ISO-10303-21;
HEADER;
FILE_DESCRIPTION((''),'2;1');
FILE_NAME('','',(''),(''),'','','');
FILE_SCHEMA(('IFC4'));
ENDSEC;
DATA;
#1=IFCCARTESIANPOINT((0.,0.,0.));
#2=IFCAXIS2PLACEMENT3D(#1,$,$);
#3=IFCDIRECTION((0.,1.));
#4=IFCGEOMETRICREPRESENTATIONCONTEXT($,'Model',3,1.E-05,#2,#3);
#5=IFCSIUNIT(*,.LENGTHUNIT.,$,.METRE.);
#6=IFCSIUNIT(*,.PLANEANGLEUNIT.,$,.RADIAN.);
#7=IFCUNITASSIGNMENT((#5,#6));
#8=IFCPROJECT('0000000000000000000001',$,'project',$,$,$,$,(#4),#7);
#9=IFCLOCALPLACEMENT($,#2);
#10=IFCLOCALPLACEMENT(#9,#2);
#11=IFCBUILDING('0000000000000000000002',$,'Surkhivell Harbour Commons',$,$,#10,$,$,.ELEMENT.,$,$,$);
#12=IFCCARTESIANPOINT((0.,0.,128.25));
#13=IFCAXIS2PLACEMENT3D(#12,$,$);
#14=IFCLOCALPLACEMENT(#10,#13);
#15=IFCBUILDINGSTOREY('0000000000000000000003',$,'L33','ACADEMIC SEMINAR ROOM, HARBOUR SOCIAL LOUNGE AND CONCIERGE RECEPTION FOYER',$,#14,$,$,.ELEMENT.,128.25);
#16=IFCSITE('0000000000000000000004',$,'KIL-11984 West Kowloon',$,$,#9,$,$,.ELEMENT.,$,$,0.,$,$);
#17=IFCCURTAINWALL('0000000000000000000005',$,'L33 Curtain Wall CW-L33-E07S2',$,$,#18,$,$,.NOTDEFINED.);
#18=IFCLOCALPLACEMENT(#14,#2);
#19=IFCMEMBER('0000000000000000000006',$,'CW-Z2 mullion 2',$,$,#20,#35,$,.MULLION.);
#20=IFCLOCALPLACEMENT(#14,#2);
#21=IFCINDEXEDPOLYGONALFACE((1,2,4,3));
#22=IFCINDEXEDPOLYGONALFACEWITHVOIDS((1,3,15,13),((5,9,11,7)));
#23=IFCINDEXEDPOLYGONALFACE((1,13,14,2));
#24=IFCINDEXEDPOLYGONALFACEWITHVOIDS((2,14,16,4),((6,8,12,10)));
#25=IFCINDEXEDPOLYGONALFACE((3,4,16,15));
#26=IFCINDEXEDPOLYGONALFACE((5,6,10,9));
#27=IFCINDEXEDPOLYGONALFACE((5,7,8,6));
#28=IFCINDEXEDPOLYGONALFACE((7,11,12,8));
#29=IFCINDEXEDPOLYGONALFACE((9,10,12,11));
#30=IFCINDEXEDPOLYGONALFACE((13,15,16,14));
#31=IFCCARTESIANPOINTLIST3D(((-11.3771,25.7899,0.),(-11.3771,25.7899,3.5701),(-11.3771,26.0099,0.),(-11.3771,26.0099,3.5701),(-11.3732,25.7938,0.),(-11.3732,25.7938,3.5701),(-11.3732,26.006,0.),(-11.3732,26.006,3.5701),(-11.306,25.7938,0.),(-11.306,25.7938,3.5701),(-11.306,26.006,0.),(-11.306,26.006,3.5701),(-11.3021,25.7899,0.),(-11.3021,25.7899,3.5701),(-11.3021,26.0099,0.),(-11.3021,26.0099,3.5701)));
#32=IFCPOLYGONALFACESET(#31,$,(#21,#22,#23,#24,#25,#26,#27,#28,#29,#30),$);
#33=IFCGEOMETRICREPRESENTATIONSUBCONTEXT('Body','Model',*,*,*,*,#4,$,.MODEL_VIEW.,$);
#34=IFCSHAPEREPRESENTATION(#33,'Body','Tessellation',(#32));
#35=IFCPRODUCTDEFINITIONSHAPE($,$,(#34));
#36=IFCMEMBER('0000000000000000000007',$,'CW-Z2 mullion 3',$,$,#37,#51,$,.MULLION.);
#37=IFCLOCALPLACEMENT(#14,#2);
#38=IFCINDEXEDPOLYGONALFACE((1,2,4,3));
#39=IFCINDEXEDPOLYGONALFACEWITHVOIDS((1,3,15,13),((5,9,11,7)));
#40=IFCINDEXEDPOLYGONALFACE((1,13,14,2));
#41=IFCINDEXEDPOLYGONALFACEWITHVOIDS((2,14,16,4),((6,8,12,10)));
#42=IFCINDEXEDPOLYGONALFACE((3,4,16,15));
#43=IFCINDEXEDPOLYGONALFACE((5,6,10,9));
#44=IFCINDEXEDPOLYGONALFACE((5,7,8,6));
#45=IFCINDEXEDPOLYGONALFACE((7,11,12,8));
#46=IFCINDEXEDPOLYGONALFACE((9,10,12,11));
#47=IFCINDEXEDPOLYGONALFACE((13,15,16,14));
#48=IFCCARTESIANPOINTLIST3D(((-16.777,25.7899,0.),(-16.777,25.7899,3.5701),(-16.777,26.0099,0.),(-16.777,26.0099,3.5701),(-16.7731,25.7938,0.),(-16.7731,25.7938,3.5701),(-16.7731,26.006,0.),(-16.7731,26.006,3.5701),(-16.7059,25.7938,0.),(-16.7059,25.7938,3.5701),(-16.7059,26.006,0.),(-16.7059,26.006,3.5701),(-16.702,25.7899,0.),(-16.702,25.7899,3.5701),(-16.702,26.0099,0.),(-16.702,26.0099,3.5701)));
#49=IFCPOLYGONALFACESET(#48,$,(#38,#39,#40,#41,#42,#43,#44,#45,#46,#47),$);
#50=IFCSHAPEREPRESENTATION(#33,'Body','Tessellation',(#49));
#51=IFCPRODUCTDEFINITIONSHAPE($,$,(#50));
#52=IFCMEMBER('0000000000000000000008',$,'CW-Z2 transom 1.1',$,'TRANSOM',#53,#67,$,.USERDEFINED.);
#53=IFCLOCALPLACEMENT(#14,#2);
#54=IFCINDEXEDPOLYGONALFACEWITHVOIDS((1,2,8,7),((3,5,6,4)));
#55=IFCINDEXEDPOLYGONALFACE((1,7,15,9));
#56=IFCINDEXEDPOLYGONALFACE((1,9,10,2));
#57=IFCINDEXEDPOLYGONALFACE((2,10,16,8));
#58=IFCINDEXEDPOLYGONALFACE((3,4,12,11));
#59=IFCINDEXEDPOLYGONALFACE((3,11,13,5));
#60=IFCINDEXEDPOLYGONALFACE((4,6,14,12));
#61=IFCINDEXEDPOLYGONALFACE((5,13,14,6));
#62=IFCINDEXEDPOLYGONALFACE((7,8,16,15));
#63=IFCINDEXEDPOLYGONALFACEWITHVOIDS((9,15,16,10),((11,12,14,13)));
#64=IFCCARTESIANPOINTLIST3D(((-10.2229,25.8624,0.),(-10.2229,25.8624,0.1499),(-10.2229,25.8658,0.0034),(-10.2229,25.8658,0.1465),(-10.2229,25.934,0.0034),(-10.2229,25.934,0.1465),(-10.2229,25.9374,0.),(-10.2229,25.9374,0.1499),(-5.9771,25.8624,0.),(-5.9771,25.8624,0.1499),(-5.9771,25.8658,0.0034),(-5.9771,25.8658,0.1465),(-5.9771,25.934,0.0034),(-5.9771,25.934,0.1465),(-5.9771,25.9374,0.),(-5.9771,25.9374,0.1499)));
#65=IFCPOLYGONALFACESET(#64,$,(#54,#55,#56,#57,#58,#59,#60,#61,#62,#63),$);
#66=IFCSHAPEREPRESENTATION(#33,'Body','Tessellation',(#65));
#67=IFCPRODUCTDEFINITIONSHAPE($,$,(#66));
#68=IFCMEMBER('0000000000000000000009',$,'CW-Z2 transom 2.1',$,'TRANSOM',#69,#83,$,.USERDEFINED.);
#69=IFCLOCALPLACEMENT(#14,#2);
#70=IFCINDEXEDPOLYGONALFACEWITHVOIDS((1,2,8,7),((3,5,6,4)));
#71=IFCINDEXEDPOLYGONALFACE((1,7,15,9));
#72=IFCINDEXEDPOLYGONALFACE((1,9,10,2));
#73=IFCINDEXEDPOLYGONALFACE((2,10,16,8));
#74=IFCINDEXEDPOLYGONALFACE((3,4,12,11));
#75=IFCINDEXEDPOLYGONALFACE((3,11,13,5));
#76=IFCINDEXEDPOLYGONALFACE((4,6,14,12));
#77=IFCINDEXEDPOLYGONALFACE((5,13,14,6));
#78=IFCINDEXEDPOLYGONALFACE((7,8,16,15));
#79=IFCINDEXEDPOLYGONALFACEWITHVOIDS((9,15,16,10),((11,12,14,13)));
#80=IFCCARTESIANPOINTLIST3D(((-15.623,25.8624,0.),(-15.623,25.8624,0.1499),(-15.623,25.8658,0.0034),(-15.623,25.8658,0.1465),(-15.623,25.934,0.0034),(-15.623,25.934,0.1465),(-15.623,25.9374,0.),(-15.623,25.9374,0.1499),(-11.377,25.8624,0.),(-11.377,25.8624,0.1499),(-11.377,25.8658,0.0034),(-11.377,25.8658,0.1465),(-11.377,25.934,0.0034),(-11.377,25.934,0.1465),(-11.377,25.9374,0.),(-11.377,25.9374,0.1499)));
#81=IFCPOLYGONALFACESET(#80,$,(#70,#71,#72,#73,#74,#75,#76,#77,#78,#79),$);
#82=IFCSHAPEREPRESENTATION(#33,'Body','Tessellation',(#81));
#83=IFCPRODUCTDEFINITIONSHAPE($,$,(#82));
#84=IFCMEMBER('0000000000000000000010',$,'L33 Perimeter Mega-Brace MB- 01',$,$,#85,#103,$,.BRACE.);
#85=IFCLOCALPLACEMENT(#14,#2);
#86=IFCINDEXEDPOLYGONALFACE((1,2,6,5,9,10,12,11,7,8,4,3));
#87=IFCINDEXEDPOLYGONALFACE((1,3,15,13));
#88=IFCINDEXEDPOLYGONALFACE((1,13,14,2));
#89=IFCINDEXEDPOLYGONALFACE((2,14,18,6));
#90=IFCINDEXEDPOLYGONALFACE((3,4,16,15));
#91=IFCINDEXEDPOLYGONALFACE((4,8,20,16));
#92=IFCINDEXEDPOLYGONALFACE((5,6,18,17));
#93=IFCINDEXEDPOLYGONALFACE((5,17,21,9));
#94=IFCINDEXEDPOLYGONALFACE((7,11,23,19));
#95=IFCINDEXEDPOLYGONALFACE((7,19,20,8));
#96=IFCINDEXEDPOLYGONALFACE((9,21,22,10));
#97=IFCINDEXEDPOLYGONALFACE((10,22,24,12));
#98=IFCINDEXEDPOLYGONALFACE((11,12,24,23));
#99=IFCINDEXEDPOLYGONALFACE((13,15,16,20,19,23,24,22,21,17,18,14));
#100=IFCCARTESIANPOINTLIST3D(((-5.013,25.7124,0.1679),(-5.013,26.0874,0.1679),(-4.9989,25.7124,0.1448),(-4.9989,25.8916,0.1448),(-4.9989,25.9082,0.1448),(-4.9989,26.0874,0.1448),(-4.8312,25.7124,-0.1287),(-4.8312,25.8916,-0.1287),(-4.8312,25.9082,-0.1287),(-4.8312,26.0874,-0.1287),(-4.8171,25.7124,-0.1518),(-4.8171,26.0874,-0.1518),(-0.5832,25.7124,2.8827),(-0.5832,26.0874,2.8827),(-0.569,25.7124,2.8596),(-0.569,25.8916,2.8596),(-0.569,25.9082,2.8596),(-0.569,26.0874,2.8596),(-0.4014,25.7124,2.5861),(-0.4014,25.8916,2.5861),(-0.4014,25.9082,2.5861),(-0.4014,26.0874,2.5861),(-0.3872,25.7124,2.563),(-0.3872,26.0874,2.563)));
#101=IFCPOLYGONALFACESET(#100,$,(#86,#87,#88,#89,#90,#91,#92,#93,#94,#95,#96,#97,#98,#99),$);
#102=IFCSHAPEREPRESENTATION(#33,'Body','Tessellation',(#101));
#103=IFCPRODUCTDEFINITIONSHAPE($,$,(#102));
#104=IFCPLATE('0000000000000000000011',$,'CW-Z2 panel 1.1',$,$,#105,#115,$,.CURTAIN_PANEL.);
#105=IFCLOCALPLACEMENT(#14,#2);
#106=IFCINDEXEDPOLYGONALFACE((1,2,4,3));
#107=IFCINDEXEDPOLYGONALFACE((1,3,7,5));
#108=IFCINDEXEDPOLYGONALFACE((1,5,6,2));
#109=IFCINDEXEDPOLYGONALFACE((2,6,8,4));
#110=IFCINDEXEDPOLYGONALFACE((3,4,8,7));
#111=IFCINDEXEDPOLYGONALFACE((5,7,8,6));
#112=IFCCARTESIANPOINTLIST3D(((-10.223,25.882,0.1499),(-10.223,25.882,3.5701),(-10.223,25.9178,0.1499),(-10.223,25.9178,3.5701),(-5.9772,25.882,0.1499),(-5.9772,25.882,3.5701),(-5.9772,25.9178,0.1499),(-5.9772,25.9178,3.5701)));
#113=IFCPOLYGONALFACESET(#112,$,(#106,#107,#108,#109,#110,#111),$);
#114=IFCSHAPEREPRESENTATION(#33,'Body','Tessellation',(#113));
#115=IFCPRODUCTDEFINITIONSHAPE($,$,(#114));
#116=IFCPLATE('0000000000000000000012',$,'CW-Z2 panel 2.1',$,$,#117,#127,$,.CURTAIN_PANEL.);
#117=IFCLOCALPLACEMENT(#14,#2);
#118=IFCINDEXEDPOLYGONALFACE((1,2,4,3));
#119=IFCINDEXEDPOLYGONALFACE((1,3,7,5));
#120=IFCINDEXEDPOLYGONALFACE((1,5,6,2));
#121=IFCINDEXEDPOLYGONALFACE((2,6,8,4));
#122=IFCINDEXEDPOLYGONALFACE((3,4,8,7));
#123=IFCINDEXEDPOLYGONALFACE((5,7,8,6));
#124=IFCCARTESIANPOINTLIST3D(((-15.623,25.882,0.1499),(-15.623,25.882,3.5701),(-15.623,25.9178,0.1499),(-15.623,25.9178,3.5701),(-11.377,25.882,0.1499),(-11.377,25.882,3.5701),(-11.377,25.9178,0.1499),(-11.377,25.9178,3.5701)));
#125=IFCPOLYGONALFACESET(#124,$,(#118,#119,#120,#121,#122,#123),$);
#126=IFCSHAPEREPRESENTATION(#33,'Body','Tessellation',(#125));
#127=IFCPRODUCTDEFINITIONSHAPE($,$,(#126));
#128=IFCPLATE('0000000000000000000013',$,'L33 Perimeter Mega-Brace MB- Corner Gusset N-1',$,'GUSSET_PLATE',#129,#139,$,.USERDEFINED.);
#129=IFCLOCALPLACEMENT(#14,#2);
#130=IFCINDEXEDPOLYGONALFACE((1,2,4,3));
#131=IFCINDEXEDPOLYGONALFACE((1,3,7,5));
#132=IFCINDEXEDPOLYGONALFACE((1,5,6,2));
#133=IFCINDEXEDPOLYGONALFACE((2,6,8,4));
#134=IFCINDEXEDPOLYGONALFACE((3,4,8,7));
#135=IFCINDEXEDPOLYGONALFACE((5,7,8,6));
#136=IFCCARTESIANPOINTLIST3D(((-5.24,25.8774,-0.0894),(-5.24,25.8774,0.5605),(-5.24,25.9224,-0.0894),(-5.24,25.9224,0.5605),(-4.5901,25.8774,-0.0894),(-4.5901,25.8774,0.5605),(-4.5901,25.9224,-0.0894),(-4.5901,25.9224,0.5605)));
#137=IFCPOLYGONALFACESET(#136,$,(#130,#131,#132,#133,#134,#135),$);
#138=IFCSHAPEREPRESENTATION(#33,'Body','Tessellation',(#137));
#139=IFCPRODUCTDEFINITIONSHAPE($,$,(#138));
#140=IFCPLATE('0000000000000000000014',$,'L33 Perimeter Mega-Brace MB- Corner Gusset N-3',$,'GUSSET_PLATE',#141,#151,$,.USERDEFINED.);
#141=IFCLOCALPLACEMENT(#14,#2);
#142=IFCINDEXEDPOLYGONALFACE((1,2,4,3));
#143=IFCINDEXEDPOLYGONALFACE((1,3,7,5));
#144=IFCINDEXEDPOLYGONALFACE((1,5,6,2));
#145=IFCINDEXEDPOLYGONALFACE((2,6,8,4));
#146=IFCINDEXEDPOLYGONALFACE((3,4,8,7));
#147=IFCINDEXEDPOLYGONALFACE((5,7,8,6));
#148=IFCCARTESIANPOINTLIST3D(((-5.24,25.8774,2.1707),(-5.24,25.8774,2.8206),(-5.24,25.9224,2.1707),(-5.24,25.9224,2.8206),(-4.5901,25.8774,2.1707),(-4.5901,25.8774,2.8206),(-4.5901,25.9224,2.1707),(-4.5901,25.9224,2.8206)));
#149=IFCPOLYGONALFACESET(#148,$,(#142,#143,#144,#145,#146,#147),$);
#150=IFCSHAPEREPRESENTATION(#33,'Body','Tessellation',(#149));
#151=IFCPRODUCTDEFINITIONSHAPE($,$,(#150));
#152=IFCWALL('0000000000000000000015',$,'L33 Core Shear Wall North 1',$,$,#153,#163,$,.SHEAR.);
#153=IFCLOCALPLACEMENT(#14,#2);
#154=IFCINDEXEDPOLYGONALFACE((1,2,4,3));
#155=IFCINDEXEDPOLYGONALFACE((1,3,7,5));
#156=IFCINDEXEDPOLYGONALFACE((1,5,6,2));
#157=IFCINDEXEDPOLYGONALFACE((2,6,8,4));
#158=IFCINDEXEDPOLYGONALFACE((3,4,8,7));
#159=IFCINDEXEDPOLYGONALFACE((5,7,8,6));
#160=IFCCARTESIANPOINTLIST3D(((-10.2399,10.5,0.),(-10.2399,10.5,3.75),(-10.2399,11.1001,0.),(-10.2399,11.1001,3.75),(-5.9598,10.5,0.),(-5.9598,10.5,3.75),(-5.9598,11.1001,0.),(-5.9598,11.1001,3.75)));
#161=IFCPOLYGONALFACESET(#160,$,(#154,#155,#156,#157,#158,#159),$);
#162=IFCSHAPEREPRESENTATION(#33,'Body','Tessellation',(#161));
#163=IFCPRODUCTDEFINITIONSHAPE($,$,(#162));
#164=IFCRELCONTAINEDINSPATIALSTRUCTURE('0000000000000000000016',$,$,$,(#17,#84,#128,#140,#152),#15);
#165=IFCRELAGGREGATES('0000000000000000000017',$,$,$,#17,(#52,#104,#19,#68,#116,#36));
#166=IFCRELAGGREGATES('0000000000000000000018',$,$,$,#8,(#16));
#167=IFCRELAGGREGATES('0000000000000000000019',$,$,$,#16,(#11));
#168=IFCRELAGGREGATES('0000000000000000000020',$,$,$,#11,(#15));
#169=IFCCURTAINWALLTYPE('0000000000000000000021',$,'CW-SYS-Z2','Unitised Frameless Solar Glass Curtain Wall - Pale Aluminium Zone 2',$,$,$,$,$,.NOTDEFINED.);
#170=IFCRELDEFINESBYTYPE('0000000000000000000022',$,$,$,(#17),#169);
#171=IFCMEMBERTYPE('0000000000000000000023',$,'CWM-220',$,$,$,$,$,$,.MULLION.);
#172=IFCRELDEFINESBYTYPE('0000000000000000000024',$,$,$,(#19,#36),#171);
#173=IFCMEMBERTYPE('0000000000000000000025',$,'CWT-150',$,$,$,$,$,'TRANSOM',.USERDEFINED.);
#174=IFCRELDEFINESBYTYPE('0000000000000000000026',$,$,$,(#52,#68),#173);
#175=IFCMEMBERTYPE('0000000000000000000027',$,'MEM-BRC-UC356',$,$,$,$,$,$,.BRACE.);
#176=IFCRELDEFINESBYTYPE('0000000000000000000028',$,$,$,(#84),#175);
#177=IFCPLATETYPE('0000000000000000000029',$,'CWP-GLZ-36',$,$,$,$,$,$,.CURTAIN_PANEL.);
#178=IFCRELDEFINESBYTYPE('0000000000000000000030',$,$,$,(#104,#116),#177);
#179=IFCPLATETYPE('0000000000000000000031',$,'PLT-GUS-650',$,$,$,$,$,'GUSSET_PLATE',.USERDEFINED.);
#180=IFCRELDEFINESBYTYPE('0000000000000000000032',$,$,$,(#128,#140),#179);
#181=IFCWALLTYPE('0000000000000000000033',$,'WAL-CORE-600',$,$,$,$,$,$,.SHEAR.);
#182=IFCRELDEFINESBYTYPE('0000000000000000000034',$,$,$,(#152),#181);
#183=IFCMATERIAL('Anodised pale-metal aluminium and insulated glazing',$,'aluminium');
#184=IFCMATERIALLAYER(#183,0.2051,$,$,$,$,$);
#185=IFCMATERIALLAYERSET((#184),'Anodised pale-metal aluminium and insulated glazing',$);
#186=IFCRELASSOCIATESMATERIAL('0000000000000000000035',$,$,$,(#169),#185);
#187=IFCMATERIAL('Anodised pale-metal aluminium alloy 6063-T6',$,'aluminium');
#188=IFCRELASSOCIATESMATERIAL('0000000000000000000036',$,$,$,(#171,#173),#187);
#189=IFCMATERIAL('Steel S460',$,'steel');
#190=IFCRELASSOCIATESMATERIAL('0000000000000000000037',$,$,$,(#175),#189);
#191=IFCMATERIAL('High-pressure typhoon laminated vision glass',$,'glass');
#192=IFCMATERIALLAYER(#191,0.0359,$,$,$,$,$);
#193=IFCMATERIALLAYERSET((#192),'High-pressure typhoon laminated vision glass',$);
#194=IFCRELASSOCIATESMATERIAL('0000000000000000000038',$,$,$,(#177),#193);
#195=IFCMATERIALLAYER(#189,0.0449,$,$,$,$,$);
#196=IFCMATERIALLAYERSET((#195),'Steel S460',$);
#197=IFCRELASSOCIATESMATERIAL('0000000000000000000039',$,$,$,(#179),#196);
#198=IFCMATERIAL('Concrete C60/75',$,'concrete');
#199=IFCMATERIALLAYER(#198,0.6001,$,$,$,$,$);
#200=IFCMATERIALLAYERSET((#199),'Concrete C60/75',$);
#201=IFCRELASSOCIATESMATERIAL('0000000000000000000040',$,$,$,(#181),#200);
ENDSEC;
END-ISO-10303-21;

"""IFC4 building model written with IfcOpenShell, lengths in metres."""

from ifc_helpers import new_model, si_unit, direction, frame, frame_2d, origin, origin_2d, place, context, subcontext, project, spatial, rectangle, hollow_rectangle, i_section, extrude, material, layer, layer_set, material_profile, profile_set, type_object, element, aggregate, save


model = new_model("IFC4")

# Units and contexts
model_context = context("Model", 3, precision=1e-05, world=origin(), true_north=direction((0.0, 1.0)))
body_context = subcontext(model_context, "Body", "Model", "MODEL_VIEW")
ifc_project = project(units=[si_unit("LENGTHUNIT", "METRE"), si_unit("PLANEANGLEUNIT", "RADIAN")], contexts=[model_context])

# Site, building, storey
site_placement = place(None, origin())
site = spatial("IfcSite", under=ifc_project, at=site_placement, Name="KIL-11984 West Kowloon", CompositionType="ELEMENT", RefElevation=0.0)
building_placement = place(site_placement, origin())
building = spatial("IfcBuilding", under=site, at=building_placement, Name="Surkhivell Harbour Commons", CompositionType="ELEMENT")
storey_placement = place(building_placement, frame((0.0, 0.0, 128.25)))
storey = spatial("IfcBuildingStorey", under=building, at=storey_placement, Name="L33", Description="ACADEMIC SEMINAR ROOM, HARBOUR SOCIAL LOUNGE AND CONCIERGE RECEPTION FOYER", CompositionType="ELEMENT", Elevation=128.25)

# Shared definitions
ifc_material_1 = material(Name="Concrete C60/75", Category="concrete")

# Shared definitions
ifc_material_2 = material(Name="Steel S460", Category="steel")

# Curtain wall, members
ifc_material_3 = material(Name="Anodised pale-metal aluminium and insulated glazing", Category="aluminium")
ifc_layer_1 = layer(ifc_material_3, 0.2051)
ifc_layer_set_1 = layer_set([ifc_layer_1], Name="Anodised pale-metal aluminium and insulated glazing")
curtain_wall_type = type_object("IfcCurtainWallType", Name="CW-SYS-Z2", Description="Unitised Frameless Solar Glass Curtain Wall - Pale Aluminium Zone 2", PredefinedType="NOTDEFINED", material=ifc_layer_set_1)
curtain_wall_placement = place(storey_placement, origin())
curtain_wall = element("IfcCurtainWall", 1, at=curtain_wall_placement, inside=storey, type_object=curtain_wall_type, Name="L33 Curtain Wall CW-L33-E07S2", PredefinedType="NOTDEFINED")
ifc_material_4 = material(Name="Anodised pale-metal aluminium alloy 6063-T6", Category="aluminium")
ifc_material_profile_1 = material_profile(ifc_material_4, hollow_rectangle(XDim=0.075, YDim=0.22, WallThickness=0.0039, at=origin_2d()), Name="ALU-MULL-75x220")
ifc_profile_set_1 = profile_set([ifc_material_profile_1], Name="Anodised pale-metal aluminium alloy 6063-T6")
member_type_1 = type_object("IfcMemberType", Name="CWM-220", PredefinedType="MULLION", material=ifc_profile_set_1)
member_1_placement = place(storey_placement, frame((-11.3396, 25.8999, 0.0), z_axis=(0.0, 0.0, 1.0), x_axis=(-1.0, 0.0, 0.0)))
member_1 = element("IfcMember", 2, at=member_1_placement, type_object=member_type_1, Name="CW-Z2 mullion 2", PredefinedType="MULLION", context=body_context, shape_type="SweptSolid", body=[
    extrude(hollow_rectangle(XDim=0.075, YDim=0.22, WallThickness=0.0039, at=origin_2d()), origin(), (0.0, 0.0, 1.0), 3.5701),
])
member_2_placement = place(storey_placement, frame((-16.7395, 25.8999, 0.0), z_axis=(0.0, 0.0, 1.0), x_axis=(-1.0, 0.0, 0.0)))
member_2 = element("IfcMember", 3, at=member_2_placement, type_object=member_type_1, Name="CW-Z2 mullion 3", PredefinedType="MULLION", context=body_context, shape_type="SweptSolid", body=[
    extrude(hollow_rectangle(XDim=0.075, YDim=0.22, WallThickness=0.0039, at=origin_2d()), origin(), (0.0, 0.0, 1.0), 3.5701),
])
ifc_material_profile_2 = material_profile(ifc_material_4, hollow_rectangle(XDim=0.075, YDim=0.1499, WallThickness=0.0034, at=origin_2d()), Name="ALU-TRAN-75x150")
ifc_profile_set_2 = profile_set([ifc_material_profile_2], Name="Anodised pale-metal aluminium alloy 6063-T6")
member_type_2 = type_object("IfcMemberType", Name="CWT-150", ElementType="TRANSOM", PredefinedType="USERDEFINED", material=ifc_profile_set_2)
member_3_placement = place(storey_placement, frame((-5.9771, 25.8999, 0.075), z_axis=(-1.0, 0.0, 0.0), x_axis=(0.0, -1.0, 0.0)))
member_3 = element("IfcMember", 4, at=member_3_placement, type_object=member_type_2, Name="CW-Z2 transom 1.1", ObjectType="TRANSOM", PredefinedType="USERDEFINED", context=body_context, shape_type="SweptSolid", body=[
    extrude(hollow_rectangle(XDim=0.075, YDim=0.1499, WallThickness=0.0034, at=origin_2d()), origin(), (0.0, 0.0, 1.0), 4.2458),
])
member_4_placement = place(storey_placement, frame((-11.377, 25.8999, 0.075), z_axis=(-1.0, 0.0, 0.0), x_axis=(0.0, -1.0, 0.0)))
member_4 = element("IfcMember", 5, at=member_4_placement, type_object=member_type_2, Name="CW-Z2 transom 2.1", ObjectType="TRANSOM", PredefinedType="USERDEFINED", context=body_context, shape_type="SweptSolid", body=[
    extrude(hollow_rectangle(XDim=0.075, YDim=0.1499, WallThickness=0.0034, at=origin_2d()), origin(), (0.0, 0.0, 1.0), 4.2461),
])

# Member
ifc_material_profile_3 = material_profile(ifc_material_2, i_section(OverallWidth=0.375, OverallDepth=0.375, WebThickness=0.0166, FlangeThickness=0.0271, at=origin_2d()), Name="UC356x368x202")
ifc_profile_set_3 = profile_set([ifc_material_profile_3], Name="Steel S460")
member_type_3 = type_object("IfcMemberType", Name="MEM-BRC-UC356", PredefinedType="BRACE", material=ifc_profile_set_3)
member_5_placement = place(storey_placement, frame((-4.915, 25.8999, 0.0081), z_axis=(0.852625, 0.0, 0.522523), x_axis=(0.0, 1.0, 0.0)))
element("IfcMember", 6, at=member_5_placement, inside=storey, type_object=member_type_3, Name="L33 Perimeter Mega-Brace MB- 01", PredefinedType="BRACE", context=body_context, shape_type="SweptSolid", body=[
    extrude(i_section(OverallWidth=0.375, OverallDepth=0.375, WebThickness=0.0166, FlangeThickness=0.0271, at=origin_2d()), origin(), (0.0, 0.0, 1.0), 5.1956),
])

# Plates
ifc_material_5 = material(Name="High-pressure typhoon laminated vision glass", Category="glass")
ifc_layer_2 = layer(ifc_material_5, 0.0359)
ifc_layer_set_2 = layer_set([ifc_layer_2], Name="High-pressure typhoon laminated vision glass")
plate_type_1 = type_object("IfcPlateType", Name="CWP-GLZ-36", PredefinedType="CURTAIN_PANEL", material=ifc_layer_set_2)
plate_1_placement = place(storey_placement, frame((-5.9771, 25.8999, 0.1499), z_axis=(0.0, 0.0, 1.0), x_axis=(-1.0, 0.0, 0.0)))
plate_1 = element("IfcPlate", 7, at=plate_1_placement, type_object=plate_type_1, Name="CW-Z2 panel 1.1", PredefinedType="CURTAIN_PANEL", context=body_context, shape_type="SweptSolid", body=[
    extrude(rectangle(XDim=4.2458, YDim=0.0359, at=frame_2d((2.123, 0.0))), origin(), (0.0, 0.0, 1.0), 3.4202),
])
plate_2_placement = place(storey_placement, frame((-11.377, 25.8999, 0.1499), z_axis=(0.0, 0.0, 1.0), x_axis=(-1.0, 0.0, 0.0)))
plate_2 = element("IfcPlate", 8, at=plate_2_placement, type_object=plate_type_1, Name="CW-Z2 panel 2.1", PredefinedType="CURTAIN_PANEL", context=body_context, shape_type="SweptSolid", body=[
    extrude(rectangle(XDim=4.2461, YDim=0.0359, at=frame_2d((2.123, 0.0))), origin(), (0.0, 0.0, 1.0), 3.4202),
])
aggregate(curtain_wall, [member_3, plate_1, member_1, member_4, plate_2, member_2])

# Plates
ifc_layer_3 = layer(ifc_material_2, 0.0449)
ifc_layer_set_3 = layer_set([ifc_layer_3], Name="Steel S460")
plate_type_2 = type_object("IfcPlateType", Name="PLT-GUS-650", ElementType="GUSSET_PLATE", PredefinedType="USERDEFINED", material=ifc_layer_set_3)
for number, where, z_axis, x_axis, name in (
    (9, (-4.915, 25.8999, -0.0894), (0.0, 0.0, 1.0), (1.0, 0.0, 0.0), "L33 Perimeter Mega-Brace MB- Corner Gusset N-1"),
    (10, (-4.915, 25.8999, 2.1707), (0.0, 0.0, 1.0), (1.0, 0.0, 0.0), "L33 Perimeter Mega-Brace MB- Corner Gusset N-3"),
):
    element("IfcPlate", number, at=place(storey_placement, frame(where, z_axis=z_axis, x_axis=x_axis)), inside=storey, type_object=plate_type_2, Name=name, ObjectType="GUSSET_PLATE", PredefinedType="USERDEFINED", context=body_context, shape_type="SweptSolid", body=[
        extrude(rectangle(XDim=0.6499, YDim=0.0449, at=origin_2d()), origin(), (0.0, 0.0, 1.0), 0.6499),
    ])

# Wall
ifc_layer_4 = layer(ifc_material_1, 0.6001)
ifc_layer_set_4 = layer_set([ifc_layer_4], Name="Concrete C60/75")
wall_type_1 = type_object("IfcWallType", Name="WAL-CORE-600", PredefinedType="SHEAR", material=ifc_layer_set_4)
wall_1_placement = place(storey_placement, frame((-10.24, 10.8, 0.0), z_axis=(0.0, 0.0, 1.0), x_axis=(1.0, 0.0, 0.0)))
element("IfcWall", 11, at=wall_1_placement, inside=storey, type_object=wall_type_1, Name="L33 Core Shear Wall North 1", PredefinedType="SHEAR", context=body_context, shape_type="SweptSolid", body=[
    extrude(rectangle(XDim=4.28, YDim=0.6001, at=frame_2d((2.1401, 0.0))), origin(), (0.0, 0.0, 1.0), 3.75),
])

save(model, "model.ifc")
